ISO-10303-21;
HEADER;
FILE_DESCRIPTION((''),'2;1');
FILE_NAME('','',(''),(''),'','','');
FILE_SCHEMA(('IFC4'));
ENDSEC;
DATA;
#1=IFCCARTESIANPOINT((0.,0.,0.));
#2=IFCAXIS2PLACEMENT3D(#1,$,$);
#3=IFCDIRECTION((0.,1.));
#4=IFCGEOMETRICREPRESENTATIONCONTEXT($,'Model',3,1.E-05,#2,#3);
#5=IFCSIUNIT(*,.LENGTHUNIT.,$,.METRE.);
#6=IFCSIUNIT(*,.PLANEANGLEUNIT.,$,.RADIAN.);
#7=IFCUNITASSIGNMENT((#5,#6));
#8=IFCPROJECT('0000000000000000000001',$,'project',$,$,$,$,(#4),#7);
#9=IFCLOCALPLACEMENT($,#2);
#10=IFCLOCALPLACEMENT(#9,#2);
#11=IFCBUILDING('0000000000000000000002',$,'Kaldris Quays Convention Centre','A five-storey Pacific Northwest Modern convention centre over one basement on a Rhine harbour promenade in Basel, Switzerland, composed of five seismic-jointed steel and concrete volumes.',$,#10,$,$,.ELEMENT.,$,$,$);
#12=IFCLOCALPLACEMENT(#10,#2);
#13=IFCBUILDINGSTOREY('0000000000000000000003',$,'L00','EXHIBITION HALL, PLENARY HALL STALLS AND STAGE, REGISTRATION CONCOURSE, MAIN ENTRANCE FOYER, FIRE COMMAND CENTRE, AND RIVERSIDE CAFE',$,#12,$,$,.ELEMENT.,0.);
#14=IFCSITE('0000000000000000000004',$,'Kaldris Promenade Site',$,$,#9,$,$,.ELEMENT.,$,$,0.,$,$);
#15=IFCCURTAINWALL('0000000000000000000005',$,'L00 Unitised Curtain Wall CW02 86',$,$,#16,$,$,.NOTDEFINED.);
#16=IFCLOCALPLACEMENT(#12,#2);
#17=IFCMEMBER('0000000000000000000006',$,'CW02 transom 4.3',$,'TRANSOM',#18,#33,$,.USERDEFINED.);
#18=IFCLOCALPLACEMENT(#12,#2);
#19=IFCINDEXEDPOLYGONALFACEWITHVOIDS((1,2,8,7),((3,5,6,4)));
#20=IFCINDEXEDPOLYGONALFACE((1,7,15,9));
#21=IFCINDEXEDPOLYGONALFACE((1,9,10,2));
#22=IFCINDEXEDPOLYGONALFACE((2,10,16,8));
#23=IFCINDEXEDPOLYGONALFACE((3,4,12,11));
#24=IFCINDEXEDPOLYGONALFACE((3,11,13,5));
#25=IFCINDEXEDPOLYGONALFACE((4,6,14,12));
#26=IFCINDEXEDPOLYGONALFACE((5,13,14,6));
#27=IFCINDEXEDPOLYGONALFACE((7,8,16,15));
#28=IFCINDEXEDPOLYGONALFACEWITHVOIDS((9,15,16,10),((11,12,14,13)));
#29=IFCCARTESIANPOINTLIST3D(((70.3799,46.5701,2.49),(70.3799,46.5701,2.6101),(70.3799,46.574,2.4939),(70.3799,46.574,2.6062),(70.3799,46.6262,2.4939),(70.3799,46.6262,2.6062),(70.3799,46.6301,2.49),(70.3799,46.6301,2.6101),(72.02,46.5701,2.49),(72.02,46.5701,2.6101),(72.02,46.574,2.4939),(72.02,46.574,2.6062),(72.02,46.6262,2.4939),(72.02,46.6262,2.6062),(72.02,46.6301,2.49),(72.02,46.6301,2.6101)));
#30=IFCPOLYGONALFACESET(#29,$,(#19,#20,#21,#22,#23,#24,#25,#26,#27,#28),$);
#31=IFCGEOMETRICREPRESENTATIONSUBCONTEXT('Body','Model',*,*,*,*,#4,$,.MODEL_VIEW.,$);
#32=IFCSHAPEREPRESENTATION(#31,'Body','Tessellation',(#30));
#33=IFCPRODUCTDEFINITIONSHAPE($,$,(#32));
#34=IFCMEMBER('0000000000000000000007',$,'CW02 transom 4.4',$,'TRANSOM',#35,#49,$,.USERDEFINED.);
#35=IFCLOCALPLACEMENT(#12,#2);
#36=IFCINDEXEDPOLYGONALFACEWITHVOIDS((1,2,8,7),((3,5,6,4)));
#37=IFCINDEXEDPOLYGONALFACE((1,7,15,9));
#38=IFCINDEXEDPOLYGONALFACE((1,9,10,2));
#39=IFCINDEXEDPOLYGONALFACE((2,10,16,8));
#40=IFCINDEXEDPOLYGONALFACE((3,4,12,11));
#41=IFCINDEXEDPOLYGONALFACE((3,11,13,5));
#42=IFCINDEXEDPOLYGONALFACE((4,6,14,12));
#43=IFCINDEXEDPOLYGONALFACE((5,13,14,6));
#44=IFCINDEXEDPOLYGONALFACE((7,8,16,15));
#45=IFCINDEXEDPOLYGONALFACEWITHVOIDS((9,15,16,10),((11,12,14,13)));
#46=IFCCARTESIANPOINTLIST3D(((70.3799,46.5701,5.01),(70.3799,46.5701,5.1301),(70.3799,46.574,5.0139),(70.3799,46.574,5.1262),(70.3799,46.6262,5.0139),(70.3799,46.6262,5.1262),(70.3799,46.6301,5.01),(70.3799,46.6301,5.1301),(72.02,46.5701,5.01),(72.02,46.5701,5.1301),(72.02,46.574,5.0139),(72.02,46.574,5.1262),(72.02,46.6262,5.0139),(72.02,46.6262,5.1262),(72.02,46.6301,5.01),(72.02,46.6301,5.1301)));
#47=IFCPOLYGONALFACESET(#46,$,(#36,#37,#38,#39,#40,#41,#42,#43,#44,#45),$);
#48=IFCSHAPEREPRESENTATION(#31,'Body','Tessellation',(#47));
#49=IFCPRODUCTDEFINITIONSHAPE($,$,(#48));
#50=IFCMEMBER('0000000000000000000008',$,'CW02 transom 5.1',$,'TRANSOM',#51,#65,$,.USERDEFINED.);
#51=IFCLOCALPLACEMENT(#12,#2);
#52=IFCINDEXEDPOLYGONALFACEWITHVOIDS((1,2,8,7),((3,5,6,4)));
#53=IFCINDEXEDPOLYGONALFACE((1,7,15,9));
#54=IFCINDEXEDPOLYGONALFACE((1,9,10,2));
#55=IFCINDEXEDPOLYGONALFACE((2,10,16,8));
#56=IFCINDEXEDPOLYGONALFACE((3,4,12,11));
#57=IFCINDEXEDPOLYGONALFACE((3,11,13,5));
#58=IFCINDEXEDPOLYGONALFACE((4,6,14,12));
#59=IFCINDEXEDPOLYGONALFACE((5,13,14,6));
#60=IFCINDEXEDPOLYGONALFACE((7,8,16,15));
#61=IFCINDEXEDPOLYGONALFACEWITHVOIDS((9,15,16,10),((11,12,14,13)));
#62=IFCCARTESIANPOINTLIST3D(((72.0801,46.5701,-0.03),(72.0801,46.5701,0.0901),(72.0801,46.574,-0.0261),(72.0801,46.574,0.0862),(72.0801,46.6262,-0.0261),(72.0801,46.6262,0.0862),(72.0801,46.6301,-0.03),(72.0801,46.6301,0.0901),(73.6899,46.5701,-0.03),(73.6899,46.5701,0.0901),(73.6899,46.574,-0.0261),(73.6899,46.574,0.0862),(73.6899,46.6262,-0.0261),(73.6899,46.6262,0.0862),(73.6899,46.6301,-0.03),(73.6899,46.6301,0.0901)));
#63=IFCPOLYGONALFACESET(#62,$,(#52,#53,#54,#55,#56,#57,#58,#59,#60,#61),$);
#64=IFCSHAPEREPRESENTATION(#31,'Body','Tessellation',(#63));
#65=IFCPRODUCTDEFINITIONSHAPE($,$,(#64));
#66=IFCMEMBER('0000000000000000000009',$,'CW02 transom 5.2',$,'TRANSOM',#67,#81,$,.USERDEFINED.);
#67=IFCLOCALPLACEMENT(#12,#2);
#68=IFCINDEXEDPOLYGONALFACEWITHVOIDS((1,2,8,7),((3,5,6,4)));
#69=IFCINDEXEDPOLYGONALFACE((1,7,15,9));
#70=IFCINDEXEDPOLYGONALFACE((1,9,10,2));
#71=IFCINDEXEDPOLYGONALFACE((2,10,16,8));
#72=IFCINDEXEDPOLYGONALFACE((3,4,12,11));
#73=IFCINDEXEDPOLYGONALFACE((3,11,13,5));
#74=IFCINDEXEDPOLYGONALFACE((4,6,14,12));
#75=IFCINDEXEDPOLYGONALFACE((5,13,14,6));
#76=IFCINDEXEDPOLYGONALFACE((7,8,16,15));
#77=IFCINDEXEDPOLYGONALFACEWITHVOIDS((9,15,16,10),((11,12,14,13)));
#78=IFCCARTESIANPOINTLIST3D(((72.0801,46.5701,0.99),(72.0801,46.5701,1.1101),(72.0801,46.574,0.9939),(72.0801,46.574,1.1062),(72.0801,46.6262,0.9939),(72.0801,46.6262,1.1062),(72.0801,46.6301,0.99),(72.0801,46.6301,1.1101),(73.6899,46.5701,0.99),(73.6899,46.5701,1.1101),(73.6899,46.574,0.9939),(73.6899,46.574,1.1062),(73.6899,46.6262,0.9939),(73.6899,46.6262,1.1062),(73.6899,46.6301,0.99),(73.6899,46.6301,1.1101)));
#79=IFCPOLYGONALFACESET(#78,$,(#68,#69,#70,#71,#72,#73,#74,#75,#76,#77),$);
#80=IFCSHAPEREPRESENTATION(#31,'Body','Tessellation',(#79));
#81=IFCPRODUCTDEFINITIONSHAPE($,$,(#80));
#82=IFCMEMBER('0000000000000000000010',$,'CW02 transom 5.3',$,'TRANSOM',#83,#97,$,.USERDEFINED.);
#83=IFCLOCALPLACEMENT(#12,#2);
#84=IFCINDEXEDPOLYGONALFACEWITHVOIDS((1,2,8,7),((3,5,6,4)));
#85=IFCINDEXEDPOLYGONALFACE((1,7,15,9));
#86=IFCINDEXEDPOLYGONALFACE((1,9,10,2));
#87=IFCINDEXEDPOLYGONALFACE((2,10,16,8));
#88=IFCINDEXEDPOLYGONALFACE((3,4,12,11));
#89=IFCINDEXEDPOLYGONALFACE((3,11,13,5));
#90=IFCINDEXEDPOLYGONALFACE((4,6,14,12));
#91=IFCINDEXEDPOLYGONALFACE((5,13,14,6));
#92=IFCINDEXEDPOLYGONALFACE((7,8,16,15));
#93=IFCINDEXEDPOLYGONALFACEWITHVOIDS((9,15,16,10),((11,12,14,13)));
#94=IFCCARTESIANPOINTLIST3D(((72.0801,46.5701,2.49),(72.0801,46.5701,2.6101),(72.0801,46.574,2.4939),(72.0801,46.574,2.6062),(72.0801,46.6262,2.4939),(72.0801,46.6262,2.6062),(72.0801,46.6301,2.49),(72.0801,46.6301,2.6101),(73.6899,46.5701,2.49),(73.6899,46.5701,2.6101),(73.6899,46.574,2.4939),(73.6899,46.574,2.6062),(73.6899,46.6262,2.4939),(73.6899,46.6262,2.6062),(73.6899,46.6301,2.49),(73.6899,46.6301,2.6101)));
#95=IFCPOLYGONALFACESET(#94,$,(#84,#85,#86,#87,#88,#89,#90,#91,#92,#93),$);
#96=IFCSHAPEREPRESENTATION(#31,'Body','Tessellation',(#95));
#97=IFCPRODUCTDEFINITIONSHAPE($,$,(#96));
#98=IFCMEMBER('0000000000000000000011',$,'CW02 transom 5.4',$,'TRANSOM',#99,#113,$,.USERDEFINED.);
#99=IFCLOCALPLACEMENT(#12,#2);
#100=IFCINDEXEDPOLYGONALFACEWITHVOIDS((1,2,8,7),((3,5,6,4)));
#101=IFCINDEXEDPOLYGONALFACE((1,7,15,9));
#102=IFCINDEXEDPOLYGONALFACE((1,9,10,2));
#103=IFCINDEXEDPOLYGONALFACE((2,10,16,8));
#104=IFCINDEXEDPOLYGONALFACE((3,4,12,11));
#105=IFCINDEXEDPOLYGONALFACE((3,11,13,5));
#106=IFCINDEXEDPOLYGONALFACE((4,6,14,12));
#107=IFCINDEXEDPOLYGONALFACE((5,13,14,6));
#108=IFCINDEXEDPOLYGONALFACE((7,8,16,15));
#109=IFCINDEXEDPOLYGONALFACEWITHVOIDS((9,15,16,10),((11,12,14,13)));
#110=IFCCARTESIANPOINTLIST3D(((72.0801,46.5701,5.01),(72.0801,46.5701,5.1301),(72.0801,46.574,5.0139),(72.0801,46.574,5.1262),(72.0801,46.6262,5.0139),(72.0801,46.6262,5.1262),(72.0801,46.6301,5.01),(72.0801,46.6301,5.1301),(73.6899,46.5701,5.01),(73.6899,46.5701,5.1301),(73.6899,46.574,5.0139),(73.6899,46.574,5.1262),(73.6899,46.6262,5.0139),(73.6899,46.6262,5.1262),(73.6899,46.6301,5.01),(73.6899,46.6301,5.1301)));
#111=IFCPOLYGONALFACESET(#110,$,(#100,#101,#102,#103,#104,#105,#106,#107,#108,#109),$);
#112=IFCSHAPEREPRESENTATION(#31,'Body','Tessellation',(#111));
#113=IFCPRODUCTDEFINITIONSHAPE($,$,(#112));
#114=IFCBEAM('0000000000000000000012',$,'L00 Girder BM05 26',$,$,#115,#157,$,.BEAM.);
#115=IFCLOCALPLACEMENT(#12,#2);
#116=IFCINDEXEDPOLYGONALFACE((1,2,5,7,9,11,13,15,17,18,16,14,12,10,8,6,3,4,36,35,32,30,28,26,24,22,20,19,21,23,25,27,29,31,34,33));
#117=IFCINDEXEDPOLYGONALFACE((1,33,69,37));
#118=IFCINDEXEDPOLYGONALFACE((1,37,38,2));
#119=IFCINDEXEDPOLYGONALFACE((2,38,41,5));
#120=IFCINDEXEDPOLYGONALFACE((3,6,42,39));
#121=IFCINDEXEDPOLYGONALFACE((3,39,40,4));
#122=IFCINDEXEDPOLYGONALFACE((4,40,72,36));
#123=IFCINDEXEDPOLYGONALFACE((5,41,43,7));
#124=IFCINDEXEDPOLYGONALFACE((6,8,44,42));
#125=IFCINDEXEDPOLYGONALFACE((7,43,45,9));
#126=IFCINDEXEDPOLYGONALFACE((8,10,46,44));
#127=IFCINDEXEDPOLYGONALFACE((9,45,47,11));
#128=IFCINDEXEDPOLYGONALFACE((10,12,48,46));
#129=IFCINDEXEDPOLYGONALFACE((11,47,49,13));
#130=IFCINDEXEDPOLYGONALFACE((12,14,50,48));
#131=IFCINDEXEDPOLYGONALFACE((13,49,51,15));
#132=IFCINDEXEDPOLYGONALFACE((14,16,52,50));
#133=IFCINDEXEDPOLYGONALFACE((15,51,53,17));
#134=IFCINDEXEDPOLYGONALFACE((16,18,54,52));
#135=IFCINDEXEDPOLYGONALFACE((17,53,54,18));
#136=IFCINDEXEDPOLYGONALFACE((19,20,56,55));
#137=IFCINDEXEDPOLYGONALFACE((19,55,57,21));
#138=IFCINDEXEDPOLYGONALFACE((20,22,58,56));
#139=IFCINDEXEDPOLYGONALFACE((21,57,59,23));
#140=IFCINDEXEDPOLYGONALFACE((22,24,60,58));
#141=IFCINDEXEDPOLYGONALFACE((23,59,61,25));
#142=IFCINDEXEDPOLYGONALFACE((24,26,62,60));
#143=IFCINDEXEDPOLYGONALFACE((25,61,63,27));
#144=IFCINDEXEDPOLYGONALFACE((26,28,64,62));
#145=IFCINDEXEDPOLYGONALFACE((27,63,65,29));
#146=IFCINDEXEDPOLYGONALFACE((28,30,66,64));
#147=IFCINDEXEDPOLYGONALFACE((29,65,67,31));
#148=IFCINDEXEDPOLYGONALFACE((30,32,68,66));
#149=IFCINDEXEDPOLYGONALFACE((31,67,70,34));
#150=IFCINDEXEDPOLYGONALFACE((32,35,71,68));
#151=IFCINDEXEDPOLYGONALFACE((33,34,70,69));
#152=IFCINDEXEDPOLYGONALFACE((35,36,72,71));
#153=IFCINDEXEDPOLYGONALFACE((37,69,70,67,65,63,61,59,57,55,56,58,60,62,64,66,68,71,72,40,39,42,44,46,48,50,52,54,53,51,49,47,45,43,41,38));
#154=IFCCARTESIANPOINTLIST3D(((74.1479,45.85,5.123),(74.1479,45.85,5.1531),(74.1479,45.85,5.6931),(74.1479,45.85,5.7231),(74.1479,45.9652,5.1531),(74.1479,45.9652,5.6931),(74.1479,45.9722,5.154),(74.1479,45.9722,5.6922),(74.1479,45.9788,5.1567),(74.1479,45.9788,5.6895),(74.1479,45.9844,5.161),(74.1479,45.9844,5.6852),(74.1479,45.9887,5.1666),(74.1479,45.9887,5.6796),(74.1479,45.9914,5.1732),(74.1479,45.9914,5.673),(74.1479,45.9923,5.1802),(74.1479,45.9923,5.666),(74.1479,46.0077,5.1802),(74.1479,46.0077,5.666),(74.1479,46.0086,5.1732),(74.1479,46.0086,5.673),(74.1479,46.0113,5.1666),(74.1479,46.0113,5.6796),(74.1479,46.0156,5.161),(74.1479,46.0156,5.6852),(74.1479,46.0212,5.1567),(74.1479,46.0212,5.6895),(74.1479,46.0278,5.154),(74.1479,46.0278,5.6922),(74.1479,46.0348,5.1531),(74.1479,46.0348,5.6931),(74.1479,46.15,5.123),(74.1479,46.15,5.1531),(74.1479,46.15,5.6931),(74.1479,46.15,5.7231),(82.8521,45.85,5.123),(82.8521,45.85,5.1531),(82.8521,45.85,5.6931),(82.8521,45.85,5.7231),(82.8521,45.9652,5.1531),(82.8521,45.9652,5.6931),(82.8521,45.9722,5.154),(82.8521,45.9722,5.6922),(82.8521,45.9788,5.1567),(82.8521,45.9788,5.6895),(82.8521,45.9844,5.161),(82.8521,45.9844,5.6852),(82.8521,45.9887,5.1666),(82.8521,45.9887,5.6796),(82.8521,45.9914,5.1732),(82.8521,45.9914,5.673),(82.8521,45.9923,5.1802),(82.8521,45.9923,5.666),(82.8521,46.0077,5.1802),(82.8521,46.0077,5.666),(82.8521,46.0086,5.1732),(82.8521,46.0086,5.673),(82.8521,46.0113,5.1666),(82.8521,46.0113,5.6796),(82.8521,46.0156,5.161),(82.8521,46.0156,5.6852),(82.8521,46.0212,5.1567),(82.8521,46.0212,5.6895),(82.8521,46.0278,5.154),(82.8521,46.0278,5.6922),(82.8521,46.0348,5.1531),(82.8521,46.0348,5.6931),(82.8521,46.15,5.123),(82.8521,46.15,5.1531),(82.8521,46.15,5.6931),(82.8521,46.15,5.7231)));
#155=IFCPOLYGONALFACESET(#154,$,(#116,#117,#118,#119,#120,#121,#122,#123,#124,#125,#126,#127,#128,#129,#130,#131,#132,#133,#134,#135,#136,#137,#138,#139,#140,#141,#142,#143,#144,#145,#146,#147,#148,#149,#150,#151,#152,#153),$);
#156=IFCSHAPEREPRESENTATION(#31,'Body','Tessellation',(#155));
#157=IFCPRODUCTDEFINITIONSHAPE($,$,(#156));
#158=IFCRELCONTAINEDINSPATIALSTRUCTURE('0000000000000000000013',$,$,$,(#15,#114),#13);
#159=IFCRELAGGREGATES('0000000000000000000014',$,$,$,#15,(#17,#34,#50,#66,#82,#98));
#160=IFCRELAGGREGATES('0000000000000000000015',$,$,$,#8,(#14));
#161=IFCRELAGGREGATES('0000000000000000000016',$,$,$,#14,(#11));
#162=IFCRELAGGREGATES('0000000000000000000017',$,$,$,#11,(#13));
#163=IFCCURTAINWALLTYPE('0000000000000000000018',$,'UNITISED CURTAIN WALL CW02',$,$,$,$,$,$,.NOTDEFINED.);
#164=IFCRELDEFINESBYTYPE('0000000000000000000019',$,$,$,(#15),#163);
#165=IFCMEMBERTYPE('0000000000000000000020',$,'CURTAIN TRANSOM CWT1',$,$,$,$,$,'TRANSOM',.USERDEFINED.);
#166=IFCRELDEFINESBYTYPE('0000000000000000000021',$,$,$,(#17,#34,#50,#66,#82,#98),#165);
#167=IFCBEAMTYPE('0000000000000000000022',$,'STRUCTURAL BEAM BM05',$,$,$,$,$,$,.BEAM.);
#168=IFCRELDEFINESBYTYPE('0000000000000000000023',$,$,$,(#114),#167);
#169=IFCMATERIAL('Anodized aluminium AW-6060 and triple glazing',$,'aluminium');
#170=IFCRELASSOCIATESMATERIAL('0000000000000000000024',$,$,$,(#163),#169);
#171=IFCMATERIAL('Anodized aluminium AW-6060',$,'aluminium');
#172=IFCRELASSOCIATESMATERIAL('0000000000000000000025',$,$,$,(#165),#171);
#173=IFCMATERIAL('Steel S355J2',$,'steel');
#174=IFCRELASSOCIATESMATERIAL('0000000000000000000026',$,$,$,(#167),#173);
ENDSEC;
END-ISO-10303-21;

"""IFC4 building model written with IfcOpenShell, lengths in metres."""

from ifc_helpers import new_model, si_unit, direction, frame, origin, origin_2d, place, context, subcontext, project, spatial, hollow_rectangle, i_section, extrude, material, material_profile, profile_set, type_object, element, aggregate, save


model = new_model("IFC4")

# Units and contexts
model_context = context("Model", 3, precision=1e-05, world=origin(), true_north=direction((0.0, 1.0)))
body_context = subcontext(model_context, "Body", "Model", "MODEL_VIEW")
ifc_project = project(units=[si_unit("LENGTHUNIT", "METRE"), si_unit("PLANEANGLEUNIT", "RADIAN")], contexts=[model_context])

# Site, building, storey
site_placement = place(None, origin())
site = spatial("IfcSite", under=ifc_project, at=site_placement, Name="Kaldris Promenade Site", CompositionType="ELEMENT", RefElevation=0.0)
building_placement = place(site_placement, origin())
building = spatial("IfcBuilding", under=site, at=building_placement, Name="Kaldris Quays Convention Centre", Description="A five-storey Pacific Northwest Modern convention centre over one basement on a Rhine harbour promenade in Basel, Switzerland, composed of five seismic-jointed steel and concrete volumes.", CompositionType="ELEMENT")
storey_placement = place(building_placement, origin())
storey = spatial("IfcBuildingStorey", under=building, at=storey_placement, Name="L00", Description="EXHIBITION HALL, PLENARY HALL STALLS AND STAGE, REGISTRATION CONCOURSE, MAIN ENTRANCE FOYER, FIRE COMMAND CENTRE, AND RIVERSIDE CAFE", CompositionType="ELEMENT", Elevation=0.0)

# Shared definitions
ifc_material_1 = material(Name="Steel S355J2", Category="steel")

# Curtain wall, members
ifc_material_2 = material(Name="Anodized aluminium AW-6060 and triple glazing", Category="aluminium")
curtain_wall_type = type_object("IfcCurtainWallType", Name="UNITISED CURTAIN WALL CW02", PredefinedType="NOTDEFINED", material=ifc_material_2)
curtain_wall_placement = place(storey_placement, origin())
curtain_wall = element("IfcCurtainWall", 1, at=curtain_wall_placement, inside=storey, type_object=curtain_wall_type, Name="L00 Unitised Curtain Wall CW02 86", PredefinedType="NOTDEFINED")
ifc_material_3 = material(Name="Anodized aluminium AW-6060", Category="aluminium")
ifc_material_profile_1 = material_profile(ifc_material_3, hollow_rectangle(XDim=0.0601, YDim=0.1201, WallThickness=0.0039, at=origin_2d()), Name="RHS 120x60x4")
ifc_profile_set_1 = profile_set([ifc_material_profile_1], Name="Anodized aluminium AW-6060")
member_type_1 = type_object("IfcMemberType", Name="CURTAIN TRANSOM CWT1", ElementType="TRANSOM", PredefinedType="USERDEFINED", material=ifc_profile_set_1)
member_1_placement = place(storey_placement, frame((70.3799, 46.6001, 2.55), z_axis=(1.0, 0.0, 0.0), x_axis=(0.0, 1.0, 0.0)))
member_1 = element("IfcMember", 2, at=member_1_placement, type_object=member_type_1, Name="CW02 transom 4.3", ObjectType="TRANSOM", PredefinedType="USERDEFINED", context=body_context, shape_type="SweptSolid", body=[
    extrude(hollow_rectangle(XDim=0.0601, YDim=0.1201, WallThickness=0.0039, at=origin_2d()), origin(), (0.0, 0.0, 1.0), 1.6401),
])
member_2_placement = place(storey_placement, frame((70.3799, 46.6001, 5.0701), z_axis=(1.0, 0.0, 0.0), x_axis=(0.0, 1.0, 0.0)))
member_2 = element("IfcMember", 3, at=member_2_placement, type_object=member_type_1, Name="CW02 transom 4.4", ObjectType="TRANSOM", PredefinedType="USERDEFINED", context=body_context, shape_type="SweptSolid", body=[
    extrude(hollow_rectangle(XDim=0.0601, YDim=0.1201, WallThickness=0.0039, at=origin_2d()), origin(), (0.0, 0.0, 1.0), 1.6401),
])
member_3_placement = place(storey_placement, frame((72.0801, 46.6001, 0.03), z_axis=(1.0, 0.0, 0.0), x_axis=(0.0, 1.0, 0.0)))
member_3 = element("IfcMember", 4, at=member_3_placement, type_object=member_type_1, Name="CW02 transom 5.1", ObjectType="TRANSOM", PredefinedType="USERDEFINED", context=body_context, shape_type="SweptSolid", body=[
    extrude(hollow_rectangle(XDim=0.0601, YDim=0.1201, WallThickness=0.0039, at=origin_2d()), origin(), (0.0, 0.0, 1.0), 1.6099),
])
member_4_placement = place(storey_placement, frame((72.0801, 46.6001, 1.05), z_axis=(1.0, 0.0, 0.0), x_axis=(0.0, 1.0, 0.0)))
member_4 = element("IfcMember", 5, at=member_4_placement, type_object=member_type_1, Name="CW02 transom 5.2", ObjectType="TRANSOM", PredefinedType="USERDEFINED", context=body_context, shape_type="SweptSolid", body=[
    extrude(hollow_rectangle(XDim=0.0601, YDim=0.1201, WallThickness=0.0039, at=origin_2d()), origin(), (0.0, 0.0, 1.0), 1.6099),
])
member_5_placement = place(storey_placement, frame((72.0801, 46.6001, 2.55), z_axis=(1.0, 0.0, 0.0), x_axis=(0.0, 1.0, 0.0)))
member_5 = element("IfcMember", 6, at=member_5_placement, type_object=member_type_1, Name="CW02 transom 5.3", ObjectType="TRANSOM", PredefinedType="USERDEFINED", context=body_context, shape_type="SweptSolid", body=[
    extrude(hollow_rectangle(XDim=0.0601, YDim=0.1201, WallThickness=0.0039, at=origin_2d()), origin(), (0.0, 0.0, 1.0), 1.6099),
])
member_6_placement = place(storey_placement, frame((72.0801, 46.6001, 5.0701), z_axis=(1.0, 0.0, 0.0), x_axis=(0.0, 1.0, 0.0)))
member_6 = element("IfcMember", 7, at=member_6_placement, type_object=member_type_1, Name="CW02 transom 5.4", ObjectType="TRANSOM", PredefinedType="USERDEFINED", context=body_context, shape_type="SweptSolid", body=[
    extrude(hollow_rectangle(XDim=0.0601, YDim=0.1201, WallThickness=0.0039, at=origin_2d()), origin(), (0.0, 0.0, 1.0), 1.6099),
])

# Beam
ifc_material_profile_2 = material_profile(ifc_material_1, i_section(OverallWidth=0.3, OverallDepth=0.6001, WebThickness=0.0154, FlangeThickness=0.03, FilletRadius=0.0271, at=origin_2d()), Name="HEB 600")
ifc_profile_set_2 = profile_set([ifc_material_profile_2], Name="Steel S355J2")
beam_type_1 = type_object("IfcBeamType", Name="STRUCTURAL BEAM BM05", PredefinedType="BEAM", material=ifc_profile_set_2)
beam_1_placement = place(storey_placement, frame((74.1479, 46.0, 5.4231), z_axis=(1.0, 0.0, 0.0), x_axis=(0.0, 1.0, 0.0)))
element("IfcBeam", 8, at=beam_1_placement, inside=storey, type_object=beam_type_1, Name="L00 Girder BM05 26", PredefinedType="BEAM", context=body_context, shape_type="SweptSolid", body=[
    extrude(i_section(OverallWidth=0.3, OverallDepth=0.6001, WebThickness=0.0154, FlangeThickness=0.03, FilletRadius=0.0271, at=origin_2d()), origin(), (0.0, 0.0, 1.0), 8.7041),
])

aggregate(curtain_wall, [member_1, member_2, member_3, member_4, member_5, member_6])

save(model, "model.ifc")
